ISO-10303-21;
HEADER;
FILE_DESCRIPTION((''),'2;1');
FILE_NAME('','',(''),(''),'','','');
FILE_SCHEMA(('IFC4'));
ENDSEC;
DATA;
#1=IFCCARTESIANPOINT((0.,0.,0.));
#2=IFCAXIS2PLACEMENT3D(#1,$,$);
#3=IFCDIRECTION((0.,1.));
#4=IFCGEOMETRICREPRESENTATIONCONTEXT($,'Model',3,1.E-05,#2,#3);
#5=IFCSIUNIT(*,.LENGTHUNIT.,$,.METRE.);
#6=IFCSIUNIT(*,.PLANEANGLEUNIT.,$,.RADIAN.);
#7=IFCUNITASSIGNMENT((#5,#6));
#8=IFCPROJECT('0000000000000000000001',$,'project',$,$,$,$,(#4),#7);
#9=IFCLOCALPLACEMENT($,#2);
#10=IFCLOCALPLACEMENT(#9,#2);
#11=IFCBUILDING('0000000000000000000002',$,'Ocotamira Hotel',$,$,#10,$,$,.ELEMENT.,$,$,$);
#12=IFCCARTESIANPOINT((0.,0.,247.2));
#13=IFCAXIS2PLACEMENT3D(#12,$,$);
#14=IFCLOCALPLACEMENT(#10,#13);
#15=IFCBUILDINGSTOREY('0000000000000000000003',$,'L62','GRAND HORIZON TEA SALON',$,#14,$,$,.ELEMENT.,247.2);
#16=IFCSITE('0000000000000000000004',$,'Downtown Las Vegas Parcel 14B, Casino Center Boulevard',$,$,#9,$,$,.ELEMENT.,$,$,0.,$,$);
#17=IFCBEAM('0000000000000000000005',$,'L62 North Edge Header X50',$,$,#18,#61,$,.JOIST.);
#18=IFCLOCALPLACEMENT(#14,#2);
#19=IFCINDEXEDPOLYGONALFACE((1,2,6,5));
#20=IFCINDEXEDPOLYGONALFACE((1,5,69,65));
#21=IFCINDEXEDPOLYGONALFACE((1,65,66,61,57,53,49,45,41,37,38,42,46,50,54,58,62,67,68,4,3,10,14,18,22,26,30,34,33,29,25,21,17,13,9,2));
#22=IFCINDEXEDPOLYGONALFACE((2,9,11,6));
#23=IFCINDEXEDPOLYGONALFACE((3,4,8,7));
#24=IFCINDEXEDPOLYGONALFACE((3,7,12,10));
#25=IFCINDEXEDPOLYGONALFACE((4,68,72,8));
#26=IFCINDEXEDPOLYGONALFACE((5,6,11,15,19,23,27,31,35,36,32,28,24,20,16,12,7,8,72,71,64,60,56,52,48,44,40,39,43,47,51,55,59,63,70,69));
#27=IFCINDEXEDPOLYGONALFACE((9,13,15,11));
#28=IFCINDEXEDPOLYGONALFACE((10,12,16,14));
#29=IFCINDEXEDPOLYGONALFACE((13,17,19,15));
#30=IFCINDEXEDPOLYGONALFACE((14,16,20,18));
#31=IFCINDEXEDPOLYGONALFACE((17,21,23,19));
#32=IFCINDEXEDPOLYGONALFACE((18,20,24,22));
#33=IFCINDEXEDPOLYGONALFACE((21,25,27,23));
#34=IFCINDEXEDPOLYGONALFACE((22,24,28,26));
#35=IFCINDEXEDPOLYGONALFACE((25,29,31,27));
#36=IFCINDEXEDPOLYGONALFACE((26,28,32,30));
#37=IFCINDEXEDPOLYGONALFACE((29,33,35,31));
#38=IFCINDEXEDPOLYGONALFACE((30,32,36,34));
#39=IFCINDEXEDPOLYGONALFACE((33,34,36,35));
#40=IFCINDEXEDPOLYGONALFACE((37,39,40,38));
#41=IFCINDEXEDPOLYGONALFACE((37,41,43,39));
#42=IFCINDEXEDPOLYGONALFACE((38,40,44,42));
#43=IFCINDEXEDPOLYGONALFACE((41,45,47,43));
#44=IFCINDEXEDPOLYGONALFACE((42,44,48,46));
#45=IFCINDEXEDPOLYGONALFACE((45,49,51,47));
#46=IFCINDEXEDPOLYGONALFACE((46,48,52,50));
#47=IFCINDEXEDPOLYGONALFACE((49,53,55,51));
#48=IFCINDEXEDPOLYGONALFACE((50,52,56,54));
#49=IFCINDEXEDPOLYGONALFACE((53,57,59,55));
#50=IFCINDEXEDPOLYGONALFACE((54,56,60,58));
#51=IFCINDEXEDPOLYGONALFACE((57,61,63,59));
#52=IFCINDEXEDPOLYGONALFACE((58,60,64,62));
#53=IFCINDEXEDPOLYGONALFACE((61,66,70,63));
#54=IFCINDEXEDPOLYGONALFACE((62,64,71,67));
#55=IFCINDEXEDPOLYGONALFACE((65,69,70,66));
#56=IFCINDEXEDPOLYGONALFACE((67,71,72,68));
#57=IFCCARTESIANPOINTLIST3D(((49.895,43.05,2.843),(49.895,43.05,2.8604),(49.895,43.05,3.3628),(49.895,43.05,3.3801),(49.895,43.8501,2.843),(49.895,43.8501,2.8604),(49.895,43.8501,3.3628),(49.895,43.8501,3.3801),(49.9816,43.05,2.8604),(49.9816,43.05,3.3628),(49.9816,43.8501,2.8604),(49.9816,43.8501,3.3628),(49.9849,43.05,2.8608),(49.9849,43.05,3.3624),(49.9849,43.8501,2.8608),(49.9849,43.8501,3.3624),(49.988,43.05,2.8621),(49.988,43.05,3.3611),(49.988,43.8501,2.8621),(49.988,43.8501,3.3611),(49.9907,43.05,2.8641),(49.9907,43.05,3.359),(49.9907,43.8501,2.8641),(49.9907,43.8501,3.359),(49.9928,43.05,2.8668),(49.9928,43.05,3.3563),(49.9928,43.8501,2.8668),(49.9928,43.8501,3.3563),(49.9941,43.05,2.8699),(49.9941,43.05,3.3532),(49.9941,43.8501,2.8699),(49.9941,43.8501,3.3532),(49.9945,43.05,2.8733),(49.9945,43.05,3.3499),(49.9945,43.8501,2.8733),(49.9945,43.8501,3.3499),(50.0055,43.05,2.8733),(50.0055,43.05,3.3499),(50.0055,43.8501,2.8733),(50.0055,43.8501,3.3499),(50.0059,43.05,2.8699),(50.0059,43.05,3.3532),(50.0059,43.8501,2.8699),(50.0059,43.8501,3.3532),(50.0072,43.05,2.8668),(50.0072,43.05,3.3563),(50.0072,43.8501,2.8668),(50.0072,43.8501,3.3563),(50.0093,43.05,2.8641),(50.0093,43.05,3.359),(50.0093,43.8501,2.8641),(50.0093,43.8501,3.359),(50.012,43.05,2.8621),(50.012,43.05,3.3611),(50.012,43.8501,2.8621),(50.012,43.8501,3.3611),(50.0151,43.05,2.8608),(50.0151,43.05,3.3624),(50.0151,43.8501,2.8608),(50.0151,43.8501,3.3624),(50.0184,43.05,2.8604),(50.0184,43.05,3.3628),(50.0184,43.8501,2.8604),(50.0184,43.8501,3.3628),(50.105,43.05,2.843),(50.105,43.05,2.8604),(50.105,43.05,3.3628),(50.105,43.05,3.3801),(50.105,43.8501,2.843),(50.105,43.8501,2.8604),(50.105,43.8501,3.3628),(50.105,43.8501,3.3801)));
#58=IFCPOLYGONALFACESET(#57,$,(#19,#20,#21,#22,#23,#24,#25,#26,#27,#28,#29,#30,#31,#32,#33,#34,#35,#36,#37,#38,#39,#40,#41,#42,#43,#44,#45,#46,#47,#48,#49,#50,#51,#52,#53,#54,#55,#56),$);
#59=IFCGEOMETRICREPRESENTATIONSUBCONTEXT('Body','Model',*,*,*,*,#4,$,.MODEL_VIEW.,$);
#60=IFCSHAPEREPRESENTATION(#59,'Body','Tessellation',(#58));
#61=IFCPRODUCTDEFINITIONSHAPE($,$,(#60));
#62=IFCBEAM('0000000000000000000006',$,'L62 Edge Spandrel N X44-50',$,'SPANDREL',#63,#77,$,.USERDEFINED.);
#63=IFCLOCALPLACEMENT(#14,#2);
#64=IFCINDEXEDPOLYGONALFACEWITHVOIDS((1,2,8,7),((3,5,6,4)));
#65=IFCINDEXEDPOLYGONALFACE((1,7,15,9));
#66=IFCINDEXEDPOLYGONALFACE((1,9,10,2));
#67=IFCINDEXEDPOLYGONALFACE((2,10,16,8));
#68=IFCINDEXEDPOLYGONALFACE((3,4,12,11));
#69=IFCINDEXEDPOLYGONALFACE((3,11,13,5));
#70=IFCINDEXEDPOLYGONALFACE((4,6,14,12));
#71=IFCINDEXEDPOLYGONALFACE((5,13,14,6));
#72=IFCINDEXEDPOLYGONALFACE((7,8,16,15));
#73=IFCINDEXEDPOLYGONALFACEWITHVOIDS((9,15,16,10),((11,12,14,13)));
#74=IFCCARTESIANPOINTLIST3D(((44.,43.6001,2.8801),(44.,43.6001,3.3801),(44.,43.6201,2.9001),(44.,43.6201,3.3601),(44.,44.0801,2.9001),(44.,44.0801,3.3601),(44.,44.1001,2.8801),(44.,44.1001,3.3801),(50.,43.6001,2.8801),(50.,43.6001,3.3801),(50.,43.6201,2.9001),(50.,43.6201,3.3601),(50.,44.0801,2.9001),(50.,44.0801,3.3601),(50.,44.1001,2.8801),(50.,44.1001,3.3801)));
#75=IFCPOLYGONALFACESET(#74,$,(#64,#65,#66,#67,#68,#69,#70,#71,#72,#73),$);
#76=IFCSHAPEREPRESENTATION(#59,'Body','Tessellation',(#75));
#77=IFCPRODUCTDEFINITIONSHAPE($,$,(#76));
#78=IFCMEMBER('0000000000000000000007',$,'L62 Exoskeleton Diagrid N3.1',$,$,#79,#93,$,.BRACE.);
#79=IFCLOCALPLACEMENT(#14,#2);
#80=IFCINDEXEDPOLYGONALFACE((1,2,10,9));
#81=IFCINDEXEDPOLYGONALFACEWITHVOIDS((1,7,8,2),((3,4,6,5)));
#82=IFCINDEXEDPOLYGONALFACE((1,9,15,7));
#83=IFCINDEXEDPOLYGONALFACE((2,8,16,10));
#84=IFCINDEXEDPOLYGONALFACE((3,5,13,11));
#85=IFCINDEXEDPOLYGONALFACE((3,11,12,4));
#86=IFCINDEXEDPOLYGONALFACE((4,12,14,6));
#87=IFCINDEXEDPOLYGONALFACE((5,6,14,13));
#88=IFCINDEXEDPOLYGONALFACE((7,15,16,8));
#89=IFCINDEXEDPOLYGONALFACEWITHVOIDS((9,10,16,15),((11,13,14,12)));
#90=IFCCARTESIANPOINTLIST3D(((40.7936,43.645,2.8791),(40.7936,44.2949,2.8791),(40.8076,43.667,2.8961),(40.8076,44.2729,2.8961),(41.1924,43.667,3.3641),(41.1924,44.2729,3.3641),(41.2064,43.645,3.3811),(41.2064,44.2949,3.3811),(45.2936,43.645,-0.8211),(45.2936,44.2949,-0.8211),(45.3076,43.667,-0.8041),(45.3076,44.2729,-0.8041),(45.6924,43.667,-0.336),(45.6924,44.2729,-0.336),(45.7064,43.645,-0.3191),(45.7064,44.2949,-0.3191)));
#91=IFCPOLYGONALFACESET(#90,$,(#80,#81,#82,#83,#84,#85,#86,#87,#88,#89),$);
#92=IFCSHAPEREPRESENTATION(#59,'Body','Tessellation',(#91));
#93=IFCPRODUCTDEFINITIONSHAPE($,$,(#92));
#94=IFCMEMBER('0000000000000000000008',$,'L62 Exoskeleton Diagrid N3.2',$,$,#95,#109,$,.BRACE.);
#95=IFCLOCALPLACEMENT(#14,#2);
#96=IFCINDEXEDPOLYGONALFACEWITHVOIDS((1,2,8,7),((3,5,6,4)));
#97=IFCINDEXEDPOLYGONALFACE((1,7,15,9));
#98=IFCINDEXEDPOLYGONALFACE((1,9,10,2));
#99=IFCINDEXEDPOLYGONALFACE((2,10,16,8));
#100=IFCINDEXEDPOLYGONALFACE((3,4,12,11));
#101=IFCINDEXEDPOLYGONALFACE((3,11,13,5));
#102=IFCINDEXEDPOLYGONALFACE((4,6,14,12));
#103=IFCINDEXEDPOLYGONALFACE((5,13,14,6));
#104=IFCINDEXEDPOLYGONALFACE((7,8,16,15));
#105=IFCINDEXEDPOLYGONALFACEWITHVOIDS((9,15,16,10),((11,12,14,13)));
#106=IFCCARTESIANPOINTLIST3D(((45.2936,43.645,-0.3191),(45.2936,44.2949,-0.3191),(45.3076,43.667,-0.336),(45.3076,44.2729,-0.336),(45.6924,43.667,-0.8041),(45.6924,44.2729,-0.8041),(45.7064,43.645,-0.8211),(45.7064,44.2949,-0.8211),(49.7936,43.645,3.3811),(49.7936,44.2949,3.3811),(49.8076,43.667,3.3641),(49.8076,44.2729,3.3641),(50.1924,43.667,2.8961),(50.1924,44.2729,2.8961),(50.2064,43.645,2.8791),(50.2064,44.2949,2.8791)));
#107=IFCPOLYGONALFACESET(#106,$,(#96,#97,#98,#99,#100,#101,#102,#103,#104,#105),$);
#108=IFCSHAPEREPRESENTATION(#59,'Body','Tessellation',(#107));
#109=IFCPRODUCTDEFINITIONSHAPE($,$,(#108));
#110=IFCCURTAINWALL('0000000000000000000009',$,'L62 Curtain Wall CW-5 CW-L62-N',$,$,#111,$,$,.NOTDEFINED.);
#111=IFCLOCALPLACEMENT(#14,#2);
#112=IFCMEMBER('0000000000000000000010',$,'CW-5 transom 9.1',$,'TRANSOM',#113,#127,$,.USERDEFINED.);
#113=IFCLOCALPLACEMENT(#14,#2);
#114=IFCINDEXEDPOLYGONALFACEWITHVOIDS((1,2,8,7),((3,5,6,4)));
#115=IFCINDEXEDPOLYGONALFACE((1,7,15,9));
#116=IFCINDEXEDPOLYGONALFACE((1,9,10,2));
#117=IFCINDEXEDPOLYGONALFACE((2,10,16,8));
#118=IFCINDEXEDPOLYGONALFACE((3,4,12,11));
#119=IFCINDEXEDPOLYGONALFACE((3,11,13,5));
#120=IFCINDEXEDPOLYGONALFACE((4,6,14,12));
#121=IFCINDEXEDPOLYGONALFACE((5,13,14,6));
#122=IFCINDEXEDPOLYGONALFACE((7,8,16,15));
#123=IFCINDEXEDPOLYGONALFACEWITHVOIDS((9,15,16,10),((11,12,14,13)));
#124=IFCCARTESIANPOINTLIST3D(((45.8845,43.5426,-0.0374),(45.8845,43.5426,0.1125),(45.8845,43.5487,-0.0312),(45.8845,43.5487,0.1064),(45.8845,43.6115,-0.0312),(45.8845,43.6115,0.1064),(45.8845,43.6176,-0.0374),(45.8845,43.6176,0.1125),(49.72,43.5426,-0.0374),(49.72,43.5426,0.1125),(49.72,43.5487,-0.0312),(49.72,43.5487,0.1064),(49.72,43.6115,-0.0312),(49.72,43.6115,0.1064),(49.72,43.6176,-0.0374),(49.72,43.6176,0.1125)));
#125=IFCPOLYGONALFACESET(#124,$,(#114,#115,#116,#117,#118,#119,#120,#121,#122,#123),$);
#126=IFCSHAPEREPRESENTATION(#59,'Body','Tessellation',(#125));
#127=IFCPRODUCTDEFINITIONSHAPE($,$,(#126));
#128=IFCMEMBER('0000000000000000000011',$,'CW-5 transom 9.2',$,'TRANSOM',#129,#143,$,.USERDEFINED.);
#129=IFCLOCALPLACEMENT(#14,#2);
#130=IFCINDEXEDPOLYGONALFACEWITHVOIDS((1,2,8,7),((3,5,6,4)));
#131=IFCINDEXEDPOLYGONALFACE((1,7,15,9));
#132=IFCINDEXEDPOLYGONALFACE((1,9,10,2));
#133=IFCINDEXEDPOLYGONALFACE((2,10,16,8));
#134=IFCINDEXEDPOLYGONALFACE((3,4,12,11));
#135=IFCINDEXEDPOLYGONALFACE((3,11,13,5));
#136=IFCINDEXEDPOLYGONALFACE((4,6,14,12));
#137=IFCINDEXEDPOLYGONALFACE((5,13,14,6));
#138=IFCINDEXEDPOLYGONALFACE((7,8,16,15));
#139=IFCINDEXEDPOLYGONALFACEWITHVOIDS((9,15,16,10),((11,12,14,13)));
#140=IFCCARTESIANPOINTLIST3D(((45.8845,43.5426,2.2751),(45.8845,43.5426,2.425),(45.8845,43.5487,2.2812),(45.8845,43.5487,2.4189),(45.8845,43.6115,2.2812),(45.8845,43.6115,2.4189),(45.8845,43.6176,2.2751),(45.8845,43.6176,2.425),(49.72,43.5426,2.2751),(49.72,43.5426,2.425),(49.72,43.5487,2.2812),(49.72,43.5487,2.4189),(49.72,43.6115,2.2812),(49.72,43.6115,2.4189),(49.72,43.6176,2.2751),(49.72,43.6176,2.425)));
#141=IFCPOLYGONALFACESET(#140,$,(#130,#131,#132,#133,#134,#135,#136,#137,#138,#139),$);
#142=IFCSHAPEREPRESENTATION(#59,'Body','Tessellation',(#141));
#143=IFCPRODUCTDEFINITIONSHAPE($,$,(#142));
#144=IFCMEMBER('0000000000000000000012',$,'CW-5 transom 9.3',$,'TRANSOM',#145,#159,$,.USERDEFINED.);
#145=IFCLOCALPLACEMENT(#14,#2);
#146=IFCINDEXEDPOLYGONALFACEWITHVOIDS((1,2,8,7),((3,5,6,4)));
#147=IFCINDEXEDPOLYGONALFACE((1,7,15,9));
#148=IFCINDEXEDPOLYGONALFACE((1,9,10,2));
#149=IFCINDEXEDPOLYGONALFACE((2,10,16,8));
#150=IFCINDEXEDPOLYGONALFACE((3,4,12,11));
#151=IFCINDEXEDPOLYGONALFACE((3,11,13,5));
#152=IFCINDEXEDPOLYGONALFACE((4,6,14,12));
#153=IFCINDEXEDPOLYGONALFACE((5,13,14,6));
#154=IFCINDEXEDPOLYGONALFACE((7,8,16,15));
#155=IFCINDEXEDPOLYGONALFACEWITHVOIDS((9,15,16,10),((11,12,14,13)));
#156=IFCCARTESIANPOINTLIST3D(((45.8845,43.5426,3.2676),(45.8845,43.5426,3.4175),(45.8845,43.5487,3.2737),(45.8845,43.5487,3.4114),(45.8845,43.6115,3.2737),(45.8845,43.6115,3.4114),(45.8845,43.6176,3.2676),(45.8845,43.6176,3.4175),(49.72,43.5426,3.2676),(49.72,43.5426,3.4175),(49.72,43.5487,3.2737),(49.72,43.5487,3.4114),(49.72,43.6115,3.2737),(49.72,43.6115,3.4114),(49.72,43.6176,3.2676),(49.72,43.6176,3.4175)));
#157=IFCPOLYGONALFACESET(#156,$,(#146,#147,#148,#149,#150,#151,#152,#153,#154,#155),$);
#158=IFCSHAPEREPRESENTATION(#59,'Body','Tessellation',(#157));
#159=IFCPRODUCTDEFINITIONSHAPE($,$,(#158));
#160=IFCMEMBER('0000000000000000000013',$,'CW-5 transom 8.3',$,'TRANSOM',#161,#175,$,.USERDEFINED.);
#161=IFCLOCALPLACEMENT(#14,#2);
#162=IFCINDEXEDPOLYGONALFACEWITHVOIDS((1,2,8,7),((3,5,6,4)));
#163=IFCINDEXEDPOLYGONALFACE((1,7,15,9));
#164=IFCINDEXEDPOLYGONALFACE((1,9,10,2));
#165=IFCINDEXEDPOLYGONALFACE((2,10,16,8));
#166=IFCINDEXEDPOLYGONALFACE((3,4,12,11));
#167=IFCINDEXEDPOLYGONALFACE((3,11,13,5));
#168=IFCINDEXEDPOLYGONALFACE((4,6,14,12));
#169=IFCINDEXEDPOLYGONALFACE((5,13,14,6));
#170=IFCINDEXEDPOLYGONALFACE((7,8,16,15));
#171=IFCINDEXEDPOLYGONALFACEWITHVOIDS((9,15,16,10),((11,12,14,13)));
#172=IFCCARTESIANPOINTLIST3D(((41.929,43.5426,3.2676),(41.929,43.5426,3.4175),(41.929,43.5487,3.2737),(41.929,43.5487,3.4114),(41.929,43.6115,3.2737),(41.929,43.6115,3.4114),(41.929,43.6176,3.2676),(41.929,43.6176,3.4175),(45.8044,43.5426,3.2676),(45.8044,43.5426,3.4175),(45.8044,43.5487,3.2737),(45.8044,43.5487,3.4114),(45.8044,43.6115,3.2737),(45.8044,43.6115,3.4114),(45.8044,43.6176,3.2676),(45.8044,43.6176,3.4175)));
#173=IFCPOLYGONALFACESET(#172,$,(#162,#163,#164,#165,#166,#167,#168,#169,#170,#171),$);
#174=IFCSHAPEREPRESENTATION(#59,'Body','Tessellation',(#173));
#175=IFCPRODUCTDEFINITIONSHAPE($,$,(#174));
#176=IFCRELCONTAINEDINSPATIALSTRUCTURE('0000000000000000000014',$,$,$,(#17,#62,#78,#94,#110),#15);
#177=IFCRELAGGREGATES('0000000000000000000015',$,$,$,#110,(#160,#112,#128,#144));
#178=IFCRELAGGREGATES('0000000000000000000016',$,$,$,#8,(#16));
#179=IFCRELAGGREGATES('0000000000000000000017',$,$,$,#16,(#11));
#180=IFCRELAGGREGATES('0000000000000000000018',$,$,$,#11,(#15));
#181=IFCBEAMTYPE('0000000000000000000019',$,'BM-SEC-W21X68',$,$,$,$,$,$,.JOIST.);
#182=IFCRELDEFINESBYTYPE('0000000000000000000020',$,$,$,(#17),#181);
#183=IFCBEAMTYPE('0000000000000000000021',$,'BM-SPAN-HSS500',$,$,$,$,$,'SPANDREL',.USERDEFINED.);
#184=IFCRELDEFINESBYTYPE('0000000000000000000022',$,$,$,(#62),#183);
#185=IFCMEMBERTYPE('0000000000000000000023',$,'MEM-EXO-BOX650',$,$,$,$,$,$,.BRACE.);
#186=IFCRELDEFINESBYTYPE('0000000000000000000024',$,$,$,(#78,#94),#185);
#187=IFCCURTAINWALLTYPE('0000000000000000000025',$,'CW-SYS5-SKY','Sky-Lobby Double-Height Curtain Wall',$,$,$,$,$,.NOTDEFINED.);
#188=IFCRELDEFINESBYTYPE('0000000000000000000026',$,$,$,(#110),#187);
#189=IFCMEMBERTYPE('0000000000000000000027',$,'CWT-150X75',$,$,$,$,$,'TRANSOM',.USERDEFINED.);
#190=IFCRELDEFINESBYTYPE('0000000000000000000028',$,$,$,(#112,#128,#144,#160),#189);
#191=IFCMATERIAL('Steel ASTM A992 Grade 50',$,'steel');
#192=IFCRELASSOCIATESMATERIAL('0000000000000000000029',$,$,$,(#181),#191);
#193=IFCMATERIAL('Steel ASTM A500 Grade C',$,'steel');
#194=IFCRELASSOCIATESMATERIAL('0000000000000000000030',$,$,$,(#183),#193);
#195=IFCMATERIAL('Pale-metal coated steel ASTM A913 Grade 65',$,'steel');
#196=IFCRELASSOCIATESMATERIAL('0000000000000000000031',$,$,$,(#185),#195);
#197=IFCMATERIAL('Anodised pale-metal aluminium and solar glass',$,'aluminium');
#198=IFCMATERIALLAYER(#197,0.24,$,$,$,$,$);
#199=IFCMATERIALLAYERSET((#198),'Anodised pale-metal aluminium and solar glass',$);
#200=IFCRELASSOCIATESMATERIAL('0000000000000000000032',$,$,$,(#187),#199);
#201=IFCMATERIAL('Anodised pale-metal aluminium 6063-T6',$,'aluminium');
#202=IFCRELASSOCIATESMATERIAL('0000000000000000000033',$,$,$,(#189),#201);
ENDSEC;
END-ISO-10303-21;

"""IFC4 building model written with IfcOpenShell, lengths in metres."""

from ifc_helpers import new_model, si_unit, direction, frame, origin, origin_2d, place, context, subcontext, project, spatial, hollow_rectangle, i_section, extrude, source, transform, mapped, material, layer, layer_set, material_profile, profile_set, type_object, element, aggregate, save


model = new_model("IFC4")

# Units and contexts
model_context = context("Model", 3, precision=1e-05, world=origin(), true_north=direction((0.0, 1.0)))
body_context = subcontext(model_context, "Body", "Model", "MODEL_VIEW")
ifc_project = project(units=[si_unit("LENGTHUNIT", "METRE"), si_unit("PLANEANGLEUNIT", "RADIAN")], contexts=[model_context])

# Site, building, storey
site_placement = place(None, origin())
site = spatial("IfcSite", under=ifc_project, at=site_placement, Name="Downtown Las Vegas Parcel 14B, Casino Center Boulevard", CompositionType="ELEMENT", RefElevation=0.0)
building_placement = place(site_placement, origin())
building = spatial("IfcBuilding", under=site, at=building_placement, Name="Ocotamira Hotel", CompositionType="ELEMENT")
storey_placement = place(building_placement, frame((0.0, 0.0, 247.2)))
storey = spatial("IfcBuildingStorey", under=building, at=storey_placement, Name="L62", Description="GRAND HORIZON TEA SALON", CompositionType="ELEMENT", Elevation=247.2)

# Shared definitions
ifc_material_1 = material(Name="Steel ASTM A992 Grade 50", Category="steel")

# Beams
ifc_material_profile_1 = material_profile(ifc_material_1, i_section(OverallWidth=0.21, OverallDepth=0.5371, WebThickness=0.011, FlangeThickness=0.0173, FilletRadius=0.0129, at=origin_2d()), Name="W21X68")
ifc_profile_set_1 = profile_set([ifc_material_profile_1], Name="Steel ASTM A992 Grade 50")
beam_type_1 = type_object("IfcBeamType", Name="BM-SEC-W21X68", PredefinedType="JOIST", material=ifc_profile_set_1)
shared_shape_1 = source(origin(), body_context, "Body", "SweptSolid", [
    extrude(i_section(OverallWidth=0.21, OverallDepth=0.5371, WebThickness=0.011, FlangeThickness=0.0173, FilletRadius=0.0129, at=origin_2d()), origin(), (0.0, 0.0, 1.0), 0.8),
])
for number, where, z_axis, x_axis, name in (
    (1, (50.0, 43.05, 3.1116), (0.0, 1.0, 0.0), (-1.0, 0.0, 0.0), "L62 North Edge Header X50"),
):
    element("IfcBeam", number, at=place(storey_placement, frame(where, z_axis=z_axis, x_axis=x_axis)), inside=storey, type_object=beam_type_1, Name=name, PredefinedType="JOIST", context=body_context, shape_type="MappedRepresentation", body=[
        mapped(shared_shape_1, transform((0.0, 0.0, 0.0), scale=1.0)),
    ])
ifc_material_2 = material(Name="Steel ASTM A500 Grade C", Category="steel")
ifc_material_profile_2 = material_profile(ifc_material_2, hollow_rectangle(XDim=0.5, YDim=0.5, WallThickness=0.02, at=origin_2d()), Name="HSS500X500X20")
ifc_profile_set_2 = profile_set([ifc_material_profile_2], Name="Steel ASTM A500 Grade C")
beam_type_2 = type_object("IfcBeamType", Name="BM-SPAN-HSS500", ElementType="SPANDREL", PredefinedType="USERDEFINED", material=ifc_profile_set_2)
shared_shape_2 = source(origin(), body_context, "Body", "SweptSolid", [
    extrude(hollow_rectangle(XDim=0.5, YDim=0.5, WallThickness=0.02, at=origin_2d()), origin(), (0.0, 0.0, 1.0), 6.0),
])
beam_1_placement = place(storey_placement, frame((44.0, 43.8501, 3.1301), z_axis=(1.0, 0.0, 0.0), x_axis=(0.0, 1.0, 0.0)))
element("IfcBeam", 2, at=beam_1_placement, inside=storey, type_object=beam_type_2, Name="L62 Edge Spandrel N X44-50", ObjectType="SPANDREL", PredefinedType="USERDEFINED", context=body_context, shape_type="MappedRepresentation", body=[
    mapped(shared_shape_2, transform((0.0, 0.0, 0.0), scale=1.0)),
])

# Members
ifc_material_3 = material(Name="Pale-metal coated steel ASTM A913 Grade 65", Category="steel")
ifc_material_profile_3 = material_profile(ifc_material_3, hollow_rectangle(XDim=0.6499, YDim=0.6499, WallThickness=0.022, at=origin_2d()), Name="BOX650X650X22")
ifc_profile_set_3 = profile_set([ifc_material_profile_3], Name="Pale-metal coated steel ASTM A913 Grade 65")
member_type_1 = type_object("IfcMemberType", Name="MEM-EXO-BOX650", PredefinedType="BRACE", material=ifc_profile_set_3)
shared_shape_3 = source(origin(), body_context, "Body", "SweptSolid", [
    extrude(hollow_rectangle(XDim=0.6499, YDim=0.6499, WallThickness=0.022, at=origin_2d()), origin(), (0.0, 0.0, 1.0), 5.8259),
])
for number, where, z_axis, x_axis, name in (
    (3, (45.5, 43.97, -0.5701), (-0.772409, 0.0, 0.635125), (0.0, -1.0, 0.0), "L62 Exoskeleton Diagrid N3.1"),
    (4, (45.5, 43.97, -0.5701), (0.772409, 0.0, 0.635125), (0.0, 1.0, 0.0), "L62 Exoskeleton Diagrid N3.2"),
):
    element("IfcMember", number, at=place(storey_placement, frame(where, z_axis=z_axis, x_axis=x_axis)), inside=storey, type_object=member_type_1, Name=name, PredefinedType="BRACE", context=body_context, shape_type="MappedRepresentation", body=[
        mapped(shared_shape_3, transform((0.0, 0.0, 0.0), scale=1.0)),
    ])

# Curtain wall, members
ifc_material_4 = material(Name="Anodised pale-metal aluminium and solar glass", Category="aluminium")
ifc_layer_1 = layer(ifc_material_4, 0.24)
ifc_layer_set_1 = layer_set([ifc_layer_1], Name="Anodised pale-metal aluminium and solar glass")
curtain_wall_type = type_object("IfcCurtainWallType", Name="CW-SYS5-SKY", Description="Sky-Lobby Double-Height Curtain Wall", PredefinedType="NOTDEFINED", material=ifc_layer_set_1)
curtain_wall_placement = place(storey_placement, origin())
curtain_wall = element("IfcCurtainWall", 5, at=curtain_wall_placement, inside=storey, type_object=curtain_wall_type, Name="L62 Curtain Wall CW-5 CW-L62-N", PredefinedType="NOTDEFINED")
ifc_material_5 = material(Name="Anodised pale-metal aluminium 6063-T6", Category="aluminium")
ifc_material_profile_4 = material_profile(ifc_material_5, hollow_rectangle(XDim=0.075, YDim=0.1499, WallThickness=0.0061, at=origin_2d()), Name="HSS150X75X6")
ifc_profile_set_4 = profile_set([ifc_material_profile_4], Name="Anodised pale-metal aluminium 6063-T6")
member_type_2 = type_object("IfcMemberType", Name="CWT-150X75", ElementType="TRANSOM", PredefinedType="USERDEFINED", material=ifc_profile_set_4)
shared_shape_4 = source(origin(), body_context, "Body", "SweptSolid", [
    extrude(hollow_rectangle(XDim=0.075, YDim=0.1499, WallThickness=0.0061, at=origin_2d()), origin(), (0.0, 0.0, 1.0), 3.8354),
])
member_1_placement = place(storey_placement, frame((45.8845, 43.5801, 0.0376), z_axis=(1.0, 0.0, 0.0), x_axis=(0.0, 1.0, 0.0)))
member_1 = element("IfcMember", 6, at=member_1_placement, type_object=member_type_2, Name="CW-5 transom 9.1", ObjectType="TRANSOM", PredefinedType="USERDEFINED", context=body_context, shape_type="MappedRepresentation", body=[
    mapped(shared_shape_4, transform((0.0, 0.0, 0.0), scale=1.0)),
])
member_2_placement = place(storey_placement, frame((45.8845, 43.5801, 2.3501), z_axis=(1.0, 0.0, 0.0), x_axis=(0.0, 1.0, 0.0)))
member_2 = element("IfcMember", 7, at=member_2_placement, type_object=member_type_2, Name="CW-5 transom 9.2", ObjectType="TRANSOM", PredefinedType="USERDEFINED", context=body_context, shape_type="MappedRepresentation", body=[
    mapped(shared_shape_4, transform((0.0, 0.0, 0.0), scale=1.0)),
])
member_3_placement = place(storey_placement, frame((45.8845, 43.5801, 3.3425), z_axis=(1.0, 0.0, 0.0), x_axis=(0.0, 1.0, 0.0)))
member_3 = element("IfcMember", 8, at=member_3_placement, type_object=member_type_2, Name="CW-5 transom 9.3", ObjectType="TRANSOM", PredefinedType="USERDEFINED", context=body_context, shape_type="MappedRepresentation", body=[
    mapped(shared_shape_4, transform((0.0, 0.0, 0.0), scale=1.0)),
])
shared_shape_5 = source(origin(), body_context, "Body", "SweptSolid", [
    extrude(hollow_rectangle(XDim=0.075, YDim=0.1499, WallThickness=0.0061, at=origin_2d()), origin(), (0.0, 0.0, 1.0), 3.8755),
])
member_4_placement = place(storey_placement, frame((41.929, 43.5801, 3.3425), z_axis=(1.0, 0.0, 0.0), x_axis=(0.0, 1.0, 0.0)))
member_4 = element("IfcMember", 9, at=member_4_placement, type_object=member_type_2, Name="CW-5 transom 8.3", ObjectType="TRANSOM", PredefinedType="USERDEFINED", context=body_context, shape_type="MappedRepresentation", body=[
    mapped(shared_shape_5, transform((0.0, 0.0, 0.0), scale=1.0)),
])

aggregate(curtain_wall, [member_4, member_1, member_2, member_3])

save(model, "model.ifc")
